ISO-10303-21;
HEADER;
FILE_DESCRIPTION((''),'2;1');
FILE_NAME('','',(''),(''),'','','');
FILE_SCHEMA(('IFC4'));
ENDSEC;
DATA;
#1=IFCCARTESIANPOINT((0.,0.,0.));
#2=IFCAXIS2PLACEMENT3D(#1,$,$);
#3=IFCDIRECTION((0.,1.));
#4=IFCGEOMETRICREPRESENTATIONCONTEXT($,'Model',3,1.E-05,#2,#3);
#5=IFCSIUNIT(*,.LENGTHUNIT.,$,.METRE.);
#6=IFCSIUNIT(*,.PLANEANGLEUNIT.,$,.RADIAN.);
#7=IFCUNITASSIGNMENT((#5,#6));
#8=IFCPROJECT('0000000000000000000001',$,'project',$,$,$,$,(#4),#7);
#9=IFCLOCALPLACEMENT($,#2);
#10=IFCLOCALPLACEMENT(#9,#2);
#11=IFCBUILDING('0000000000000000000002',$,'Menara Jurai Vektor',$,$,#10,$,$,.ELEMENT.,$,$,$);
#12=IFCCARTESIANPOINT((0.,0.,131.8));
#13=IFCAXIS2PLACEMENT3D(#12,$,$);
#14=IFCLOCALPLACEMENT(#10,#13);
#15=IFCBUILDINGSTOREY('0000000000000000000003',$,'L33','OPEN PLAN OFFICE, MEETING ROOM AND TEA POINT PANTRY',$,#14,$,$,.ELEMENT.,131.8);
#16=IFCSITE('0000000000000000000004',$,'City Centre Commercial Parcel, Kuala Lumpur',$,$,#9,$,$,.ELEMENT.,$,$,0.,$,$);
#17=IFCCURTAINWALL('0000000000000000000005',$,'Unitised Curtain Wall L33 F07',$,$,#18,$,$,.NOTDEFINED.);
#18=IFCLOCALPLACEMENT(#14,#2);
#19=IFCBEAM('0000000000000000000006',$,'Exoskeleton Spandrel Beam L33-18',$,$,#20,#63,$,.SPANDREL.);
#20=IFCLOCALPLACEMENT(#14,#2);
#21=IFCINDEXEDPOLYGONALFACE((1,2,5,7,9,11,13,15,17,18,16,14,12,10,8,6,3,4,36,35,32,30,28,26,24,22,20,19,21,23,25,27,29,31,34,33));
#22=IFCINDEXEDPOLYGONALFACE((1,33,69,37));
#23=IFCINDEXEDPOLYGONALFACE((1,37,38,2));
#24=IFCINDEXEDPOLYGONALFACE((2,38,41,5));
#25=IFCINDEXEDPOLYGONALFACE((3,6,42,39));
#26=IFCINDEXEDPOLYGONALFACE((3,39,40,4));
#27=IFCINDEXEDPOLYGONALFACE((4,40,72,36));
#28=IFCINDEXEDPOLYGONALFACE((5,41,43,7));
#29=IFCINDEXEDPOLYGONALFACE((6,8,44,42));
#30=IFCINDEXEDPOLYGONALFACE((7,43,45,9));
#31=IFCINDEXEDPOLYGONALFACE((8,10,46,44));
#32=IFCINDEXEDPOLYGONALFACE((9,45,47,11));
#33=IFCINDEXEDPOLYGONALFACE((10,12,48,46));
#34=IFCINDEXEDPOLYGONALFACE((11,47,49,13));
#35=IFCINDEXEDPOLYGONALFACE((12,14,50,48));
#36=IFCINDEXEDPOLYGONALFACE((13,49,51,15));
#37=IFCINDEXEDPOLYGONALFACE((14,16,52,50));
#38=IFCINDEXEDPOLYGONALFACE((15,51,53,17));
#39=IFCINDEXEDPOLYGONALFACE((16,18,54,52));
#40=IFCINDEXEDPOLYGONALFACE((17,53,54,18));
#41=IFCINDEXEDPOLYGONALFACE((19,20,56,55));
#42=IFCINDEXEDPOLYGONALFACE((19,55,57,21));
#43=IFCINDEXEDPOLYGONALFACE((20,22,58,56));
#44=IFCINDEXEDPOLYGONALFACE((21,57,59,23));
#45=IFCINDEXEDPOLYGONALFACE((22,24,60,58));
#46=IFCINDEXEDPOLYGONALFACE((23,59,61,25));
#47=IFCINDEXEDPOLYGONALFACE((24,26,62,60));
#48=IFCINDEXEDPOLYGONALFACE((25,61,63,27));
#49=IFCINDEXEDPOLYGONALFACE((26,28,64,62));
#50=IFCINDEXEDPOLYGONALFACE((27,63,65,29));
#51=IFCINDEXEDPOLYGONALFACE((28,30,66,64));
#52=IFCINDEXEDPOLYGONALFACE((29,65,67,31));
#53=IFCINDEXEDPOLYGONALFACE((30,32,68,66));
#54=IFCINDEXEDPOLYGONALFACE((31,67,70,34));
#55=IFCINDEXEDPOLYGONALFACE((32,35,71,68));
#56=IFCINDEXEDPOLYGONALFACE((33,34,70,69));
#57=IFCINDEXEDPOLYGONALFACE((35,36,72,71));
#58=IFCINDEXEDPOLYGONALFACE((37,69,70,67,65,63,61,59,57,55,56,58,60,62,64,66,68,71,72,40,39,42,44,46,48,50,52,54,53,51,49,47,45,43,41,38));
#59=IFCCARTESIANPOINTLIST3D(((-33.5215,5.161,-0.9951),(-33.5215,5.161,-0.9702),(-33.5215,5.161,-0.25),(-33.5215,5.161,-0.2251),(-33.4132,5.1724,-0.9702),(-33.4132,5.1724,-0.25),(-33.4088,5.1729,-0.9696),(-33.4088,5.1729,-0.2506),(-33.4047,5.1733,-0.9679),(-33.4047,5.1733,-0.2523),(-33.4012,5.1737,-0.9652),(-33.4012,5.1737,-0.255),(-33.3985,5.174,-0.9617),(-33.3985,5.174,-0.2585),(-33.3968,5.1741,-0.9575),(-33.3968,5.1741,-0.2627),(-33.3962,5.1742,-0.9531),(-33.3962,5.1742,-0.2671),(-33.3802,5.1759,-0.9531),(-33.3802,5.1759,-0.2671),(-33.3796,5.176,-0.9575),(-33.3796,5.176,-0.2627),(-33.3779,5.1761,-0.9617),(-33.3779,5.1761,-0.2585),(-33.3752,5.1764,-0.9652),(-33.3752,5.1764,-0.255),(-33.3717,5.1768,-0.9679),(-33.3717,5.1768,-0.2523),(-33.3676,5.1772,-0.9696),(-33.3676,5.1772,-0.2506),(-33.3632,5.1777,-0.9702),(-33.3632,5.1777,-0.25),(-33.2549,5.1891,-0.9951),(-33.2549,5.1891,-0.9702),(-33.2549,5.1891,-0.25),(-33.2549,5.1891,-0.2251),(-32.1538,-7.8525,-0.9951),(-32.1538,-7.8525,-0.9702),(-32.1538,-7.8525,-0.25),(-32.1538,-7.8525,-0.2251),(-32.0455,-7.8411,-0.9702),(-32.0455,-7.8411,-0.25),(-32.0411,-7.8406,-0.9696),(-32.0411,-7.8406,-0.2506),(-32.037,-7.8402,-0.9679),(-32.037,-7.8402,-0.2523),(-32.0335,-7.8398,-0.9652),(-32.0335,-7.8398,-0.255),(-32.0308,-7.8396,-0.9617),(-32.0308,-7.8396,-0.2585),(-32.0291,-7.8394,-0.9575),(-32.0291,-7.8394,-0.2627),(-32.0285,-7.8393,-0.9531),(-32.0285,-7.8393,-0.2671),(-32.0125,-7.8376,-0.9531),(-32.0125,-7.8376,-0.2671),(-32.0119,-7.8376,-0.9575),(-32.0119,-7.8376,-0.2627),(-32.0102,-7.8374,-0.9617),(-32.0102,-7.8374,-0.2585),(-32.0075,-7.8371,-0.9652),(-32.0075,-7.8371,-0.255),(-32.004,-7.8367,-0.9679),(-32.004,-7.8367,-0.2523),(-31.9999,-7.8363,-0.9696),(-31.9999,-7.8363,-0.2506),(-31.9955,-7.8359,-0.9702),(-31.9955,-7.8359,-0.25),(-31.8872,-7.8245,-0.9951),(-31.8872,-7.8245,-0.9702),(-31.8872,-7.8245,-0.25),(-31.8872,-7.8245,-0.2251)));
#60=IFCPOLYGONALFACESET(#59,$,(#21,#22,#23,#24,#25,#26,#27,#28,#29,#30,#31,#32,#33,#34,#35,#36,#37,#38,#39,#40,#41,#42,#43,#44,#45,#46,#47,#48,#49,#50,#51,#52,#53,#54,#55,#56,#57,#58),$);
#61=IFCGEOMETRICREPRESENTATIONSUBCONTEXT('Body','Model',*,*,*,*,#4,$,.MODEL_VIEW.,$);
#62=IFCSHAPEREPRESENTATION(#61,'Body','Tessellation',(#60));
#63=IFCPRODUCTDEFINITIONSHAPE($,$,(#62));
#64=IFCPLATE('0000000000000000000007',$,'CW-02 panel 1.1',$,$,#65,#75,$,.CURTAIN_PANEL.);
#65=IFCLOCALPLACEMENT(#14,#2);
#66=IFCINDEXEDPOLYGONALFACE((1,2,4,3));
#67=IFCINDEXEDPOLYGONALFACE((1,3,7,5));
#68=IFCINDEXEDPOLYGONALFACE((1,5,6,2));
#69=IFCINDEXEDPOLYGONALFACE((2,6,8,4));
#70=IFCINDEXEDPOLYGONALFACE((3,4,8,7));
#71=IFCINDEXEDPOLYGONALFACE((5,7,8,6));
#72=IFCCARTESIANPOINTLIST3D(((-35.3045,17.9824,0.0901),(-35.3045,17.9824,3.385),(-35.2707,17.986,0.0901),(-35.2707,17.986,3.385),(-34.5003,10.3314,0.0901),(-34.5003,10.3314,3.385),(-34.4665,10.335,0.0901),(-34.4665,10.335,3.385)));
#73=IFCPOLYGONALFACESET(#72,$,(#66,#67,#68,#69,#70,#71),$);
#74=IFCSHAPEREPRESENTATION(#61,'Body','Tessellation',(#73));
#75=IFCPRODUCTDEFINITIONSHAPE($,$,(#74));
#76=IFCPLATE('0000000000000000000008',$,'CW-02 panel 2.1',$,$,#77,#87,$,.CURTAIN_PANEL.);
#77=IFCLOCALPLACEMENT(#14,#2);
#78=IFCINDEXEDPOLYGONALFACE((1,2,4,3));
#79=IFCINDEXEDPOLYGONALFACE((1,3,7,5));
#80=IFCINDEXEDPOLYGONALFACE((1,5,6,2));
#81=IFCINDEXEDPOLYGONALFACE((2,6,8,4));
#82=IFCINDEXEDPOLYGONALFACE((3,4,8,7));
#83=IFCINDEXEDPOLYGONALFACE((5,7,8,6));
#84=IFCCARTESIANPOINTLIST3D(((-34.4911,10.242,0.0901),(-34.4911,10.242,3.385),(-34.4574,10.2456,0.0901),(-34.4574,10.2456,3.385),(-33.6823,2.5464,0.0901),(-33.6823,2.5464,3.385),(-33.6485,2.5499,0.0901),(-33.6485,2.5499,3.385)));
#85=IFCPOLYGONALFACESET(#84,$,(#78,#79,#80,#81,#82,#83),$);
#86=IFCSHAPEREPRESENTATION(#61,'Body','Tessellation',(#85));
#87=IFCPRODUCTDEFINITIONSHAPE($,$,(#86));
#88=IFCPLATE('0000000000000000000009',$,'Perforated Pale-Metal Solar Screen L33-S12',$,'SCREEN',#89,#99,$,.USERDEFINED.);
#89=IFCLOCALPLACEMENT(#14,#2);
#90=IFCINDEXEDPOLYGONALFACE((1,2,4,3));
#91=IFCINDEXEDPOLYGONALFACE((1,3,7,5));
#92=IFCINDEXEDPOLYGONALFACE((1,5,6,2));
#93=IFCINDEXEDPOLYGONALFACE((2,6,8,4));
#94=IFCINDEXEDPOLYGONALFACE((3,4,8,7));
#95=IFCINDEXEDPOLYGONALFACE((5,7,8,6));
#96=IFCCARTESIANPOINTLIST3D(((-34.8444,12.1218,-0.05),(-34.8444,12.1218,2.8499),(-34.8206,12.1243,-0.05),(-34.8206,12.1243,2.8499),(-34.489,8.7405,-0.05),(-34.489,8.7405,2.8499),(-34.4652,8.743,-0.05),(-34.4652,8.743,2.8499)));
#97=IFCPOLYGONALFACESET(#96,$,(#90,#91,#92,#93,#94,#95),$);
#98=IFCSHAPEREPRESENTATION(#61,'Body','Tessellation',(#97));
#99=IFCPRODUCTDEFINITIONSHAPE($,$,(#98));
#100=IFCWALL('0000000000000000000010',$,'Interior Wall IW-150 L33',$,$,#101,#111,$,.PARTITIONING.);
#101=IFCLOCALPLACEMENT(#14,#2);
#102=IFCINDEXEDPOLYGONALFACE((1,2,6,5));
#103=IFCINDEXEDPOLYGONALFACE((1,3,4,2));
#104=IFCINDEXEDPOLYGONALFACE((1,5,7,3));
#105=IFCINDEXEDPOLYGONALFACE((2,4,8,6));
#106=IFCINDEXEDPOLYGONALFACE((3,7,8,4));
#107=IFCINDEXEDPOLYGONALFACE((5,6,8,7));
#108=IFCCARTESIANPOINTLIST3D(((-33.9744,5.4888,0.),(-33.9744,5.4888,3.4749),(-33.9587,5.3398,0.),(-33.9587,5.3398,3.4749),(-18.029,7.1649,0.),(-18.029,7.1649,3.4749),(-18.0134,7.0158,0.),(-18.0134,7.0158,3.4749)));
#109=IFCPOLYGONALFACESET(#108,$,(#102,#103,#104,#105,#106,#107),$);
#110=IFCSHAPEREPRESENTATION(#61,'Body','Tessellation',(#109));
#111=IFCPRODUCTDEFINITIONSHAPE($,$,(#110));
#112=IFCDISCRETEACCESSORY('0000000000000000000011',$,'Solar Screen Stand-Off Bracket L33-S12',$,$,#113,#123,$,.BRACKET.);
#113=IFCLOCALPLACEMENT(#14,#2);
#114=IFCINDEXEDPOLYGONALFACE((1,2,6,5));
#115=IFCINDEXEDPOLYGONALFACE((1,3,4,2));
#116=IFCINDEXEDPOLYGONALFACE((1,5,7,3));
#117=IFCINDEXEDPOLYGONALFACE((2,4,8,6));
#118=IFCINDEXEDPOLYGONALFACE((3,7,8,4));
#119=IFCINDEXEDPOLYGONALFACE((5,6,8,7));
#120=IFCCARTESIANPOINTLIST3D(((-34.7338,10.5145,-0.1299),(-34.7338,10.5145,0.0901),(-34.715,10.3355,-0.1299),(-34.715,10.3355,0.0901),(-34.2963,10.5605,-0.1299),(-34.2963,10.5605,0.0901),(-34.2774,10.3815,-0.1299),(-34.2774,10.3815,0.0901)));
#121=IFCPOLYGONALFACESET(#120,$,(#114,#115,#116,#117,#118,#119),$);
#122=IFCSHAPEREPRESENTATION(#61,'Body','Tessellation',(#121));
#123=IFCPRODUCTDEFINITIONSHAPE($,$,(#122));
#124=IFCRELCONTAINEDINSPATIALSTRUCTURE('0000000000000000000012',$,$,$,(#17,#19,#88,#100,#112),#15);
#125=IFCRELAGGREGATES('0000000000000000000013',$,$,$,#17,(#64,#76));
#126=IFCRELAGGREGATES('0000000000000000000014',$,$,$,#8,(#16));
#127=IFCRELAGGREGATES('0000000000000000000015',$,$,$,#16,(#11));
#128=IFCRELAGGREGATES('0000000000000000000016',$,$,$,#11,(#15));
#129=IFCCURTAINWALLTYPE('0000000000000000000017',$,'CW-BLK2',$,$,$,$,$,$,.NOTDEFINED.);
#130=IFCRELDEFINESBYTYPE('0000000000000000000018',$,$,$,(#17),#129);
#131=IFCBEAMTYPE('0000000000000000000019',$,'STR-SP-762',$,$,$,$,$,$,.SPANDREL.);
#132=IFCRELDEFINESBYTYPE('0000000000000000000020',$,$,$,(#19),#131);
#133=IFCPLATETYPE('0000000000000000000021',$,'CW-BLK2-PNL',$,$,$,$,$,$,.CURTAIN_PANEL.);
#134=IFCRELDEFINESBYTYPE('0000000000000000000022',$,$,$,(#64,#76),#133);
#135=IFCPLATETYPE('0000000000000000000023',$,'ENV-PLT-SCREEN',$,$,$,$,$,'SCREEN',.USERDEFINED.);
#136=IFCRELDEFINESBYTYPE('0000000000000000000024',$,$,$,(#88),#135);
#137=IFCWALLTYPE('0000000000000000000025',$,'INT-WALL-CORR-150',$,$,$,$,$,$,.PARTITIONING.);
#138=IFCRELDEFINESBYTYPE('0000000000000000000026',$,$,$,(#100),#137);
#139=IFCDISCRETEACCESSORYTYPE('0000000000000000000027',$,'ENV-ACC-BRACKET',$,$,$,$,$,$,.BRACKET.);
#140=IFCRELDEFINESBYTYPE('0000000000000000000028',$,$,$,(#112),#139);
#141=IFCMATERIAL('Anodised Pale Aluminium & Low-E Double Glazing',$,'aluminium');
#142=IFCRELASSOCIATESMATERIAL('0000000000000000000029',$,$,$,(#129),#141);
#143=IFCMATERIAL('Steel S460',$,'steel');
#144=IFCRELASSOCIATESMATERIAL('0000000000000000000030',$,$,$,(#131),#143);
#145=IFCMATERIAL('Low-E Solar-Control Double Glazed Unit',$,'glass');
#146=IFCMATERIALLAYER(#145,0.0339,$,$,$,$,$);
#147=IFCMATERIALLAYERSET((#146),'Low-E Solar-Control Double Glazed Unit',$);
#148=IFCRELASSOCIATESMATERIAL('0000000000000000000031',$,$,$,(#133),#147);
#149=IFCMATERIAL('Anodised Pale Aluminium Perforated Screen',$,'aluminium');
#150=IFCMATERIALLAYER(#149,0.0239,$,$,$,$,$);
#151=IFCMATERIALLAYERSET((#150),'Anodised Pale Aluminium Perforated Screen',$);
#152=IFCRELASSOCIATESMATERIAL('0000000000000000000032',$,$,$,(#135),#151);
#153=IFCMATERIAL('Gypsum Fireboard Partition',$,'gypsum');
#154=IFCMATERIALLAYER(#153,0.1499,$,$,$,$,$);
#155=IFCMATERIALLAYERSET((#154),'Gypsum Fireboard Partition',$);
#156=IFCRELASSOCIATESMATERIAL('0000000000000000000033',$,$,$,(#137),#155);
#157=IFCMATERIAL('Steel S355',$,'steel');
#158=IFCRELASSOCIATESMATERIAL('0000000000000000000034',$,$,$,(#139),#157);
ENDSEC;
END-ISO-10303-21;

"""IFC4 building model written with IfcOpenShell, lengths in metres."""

from ifc_helpers import new_model, si_unit, direction, frame, frame_2d, origin, origin_2d, place, context, subcontext, project, spatial, rectangle, i_section, extrude, material, layer, layer_set, material_profile, profile_set, type_object, element, aggregate, save


model = new_model("IFC4")

# Units and contexts
model_context = context("Model", 3, precision=1e-05, world=origin(), true_north=direction((0.0, 1.0)))
body_context = subcontext(model_context, "Body", "Model", "MODEL_VIEW")
ifc_project = project(units=[si_unit("LENGTHUNIT", "METRE"), si_unit("PLANEANGLEUNIT", "RADIAN")], contexts=[model_context])

# Site, building, storey
site_placement = place(None, origin())
site = spatial("IfcSite", under=ifc_project, at=site_placement, Name="City Centre Commercial Parcel, Kuala Lumpur", CompositionType="ELEMENT", RefElevation=0.0)
building_placement = place(site_placement, origin())
building = spatial("IfcBuilding", under=site, at=building_placement, Name="Menara Jurai Vektor", CompositionType="ELEMENT")
storey_placement = place(building_placement, frame((0.0, 0.0, 131.8)))
storey = spatial("IfcBuildingStorey", under=building, at=storey_placement, Name="L33", Description="OPEN PLAN OFFICE, MEETING ROOM AND TEA POINT PANTRY", CompositionType="ELEMENT", Elevation=131.8)

# Shared definitions
ifc_material_1 = material(Name="Steel S460", Category="steel")

# Curtain wall
ifc_material_2 = material(Name="Anodised Pale Aluminium & Low-E Double Glazing", Category="aluminium")
curtain_wall_type = type_object("IfcCurtainWallType", Name="CW-BLK2", PredefinedType="NOTDEFINED", material=ifc_material_2)
curtain_wall_placement = place(storey_placement, origin())
curtain_wall = element("IfcCurtainWall", 1, at=curtain_wall_placement, inside=storey, type_object=curtain_wall_type, Name="Unitised Curtain Wall L33 F07", PredefinedType="NOTDEFINED")

# Beam
ifc_material_3 = material(Name="Steel S355", Category="steel")
ifc_material_profile_1 = material_profile(ifc_material_1, i_section(OverallWidth=0.2681, OverallDepth=0.77, WebThickness=0.0161, FlangeThickness=0.0249, FilletRadius=0.0171, at=origin_2d()), Name="UKB 762x267x197")
ifc_profile_set_1 = profile_set([ifc_material_profile_1], Name="Steel S460")
beam_type_1 = type_object("IfcBeamType", Name="STR-SP-762", PredefinedType="SPANDREL", material=ifc_profile_set_1)
beam_1_placement = place(storey_placement, frame((-33.3882, 5.175, -0.6101), z_axis=(0.104522, -0.994523, 0.0), x_axis=(0.994523, 0.104522, 0.0)))
element("IfcBeam", 2, at=beam_1_placement, inside=storey, type_object=beam_type_1, Name="Exoskeleton Spandrel Beam L33-18", PredefinedType="SPANDREL", context=body_context, shape_type="SweptSolid", body=[
    extrude(i_section(OverallWidth=0.2681, OverallDepth=0.77, WebThickness=0.0161, FlangeThickness=0.0249, FilletRadius=0.0171, at=origin_2d()), origin(), (0.0, 0.0, 1.0), 13.0852),
])

# Plates
ifc_material_4 = material(Name="Low-E Solar-Control Double Glazed Unit", Category="glass")
ifc_layer_1 = layer(ifc_material_4, 0.0339)
ifc_layer_set_1 = layer_set([ifc_layer_1], Name="Low-E Solar-Control Double Glazed Unit")
plate_type_1 = type_object("IfcPlateType", Name="CW-BLK2-PNL", PredefinedType="CURTAIN_PANEL", material=ifc_layer_set_1)
plate_1_placement = place(storey_placement, frame((-34.8855, 14.1587, 0.0901), z_axis=(0.0, 0.0, 1.0), x_axis=(0.10453, -0.994522, 0.0)))
plate_1 = element("IfcPlate", 3, at=plate_1_placement, type_object=plate_type_1, Name="CW-02 panel 1.1", PredefinedType="CURTAIN_PANEL", context=body_context, shape_type="SweptSolid", body=[
    extrude(rectangle(XDim=7.6931, YDim=0.0339, at=origin_2d()), origin(), (0.0, 0.0, 1.0), 3.2949),
])
plate_2_placement = place(storey_placement, frame((-34.0698, 6.396, 0.0901), z_axis=(0.0, 0.0, 1.0), x_axis=(0.10453, -0.994522, 0.0)))
plate_2 = element("IfcPlate", 4, at=plate_2_placement, type_object=plate_type_1, Name="CW-02 panel 2.1", PredefinedType="CURTAIN_PANEL", context=body_context, shape_type="SweptSolid", body=[
    extrude(rectangle(XDim=7.738, YDim=0.0339, at=origin_2d()), origin(), (0.0, 0.0, 1.0), 3.2949),
])
aggregate(curtain_wall, [plate_1, plate_2])
ifc_material_5 = material(Name="Anodised Pale Aluminium Perforated Screen", Category="aluminium")
ifc_layer_2 = layer(ifc_material_5, 0.0239)
ifc_layer_set_2 = layer_set([ifc_layer_2], Name="Anodised Pale Aluminium Perforated Screen")
plate_type_2 = type_object("IfcPlateType", Name="ENV-PLT-SCREEN", ElementType="SCREEN", PredefinedType="USERDEFINED", material=ifc_layer_set_2)
plate_3_placement = place(storey_placement, frame((-34.6548, 10.4324, -0.05), z_axis=(0.0, 0.0, 1.0), x_axis=(0.104528, -0.994522, 0.0)))
element("IfcPlate", 5, at=plate_3_placement, inside=storey, type_object=plate_type_2, Name="Perforated Pale-Metal Solar Screen L33-S12", ObjectType="SCREEN", PredefinedType="USERDEFINED", context=body_context, shape_type="SweptSolid", body=[
    extrude(rectangle(XDim=3.3999, YDim=0.0239, at=origin_2d()), origin(), (0.0, 0.0, 1.0), 2.8999),
])

# Wall
ifc_material_6 = material(Name="Gypsum Fireboard Partition", Category="gypsum")
ifc_layer_3 = layer(ifc_material_6, 0.1499)
ifc_layer_set_3 = layer_set([ifc_layer_3], Name="Gypsum Fireboard Partition")
wall_type = type_object("IfcWallType", Name="INT-WALL-CORR-150", PredefinedType="PARTITIONING", material=ifc_layer_set_3)
wall_placement = place(storey_placement, frame((-33.9666, 5.4143, 0.0), z_axis=(0.0, 0.0, 1.0), x_axis=(0.994521, 0.104535, 0.0)))
element("IfcWall", 6, at=wall_placement, inside=storey, type_object=wall_type, Name="Interior Wall IW-150 L33", PredefinedType="PARTITIONING", context=body_context, shape_type="SweptSolid", body=[
    extrude(rectangle(XDim=16.0332, YDim=0.1499, at=frame_2d((8.0166, 0.0))), origin(), (0.0, 0.0, 1.0), 3.4749),
])

# Discrete accessory
discrete_accessory_type = type_object("IfcDiscreteAccessoryType", Name="ENV-ACC-BRACKET", PredefinedType="BRACKET", material=ifc_material_3)
discrete_accessory_placement = place(storey_placement, frame((-34.5056, 10.448, -0.1299), z_axis=(0.0, 0.0, 1.0), x_axis=(0.104528, -0.994522, 0.0)))
element("IfcDiscreteAccessory", 7, at=discrete_accessory_placement, inside=storey, type_object=discrete_accessory_type, Name="Solar Screen Stand-Off Bracket L33-S12", PredefinedType="BRACKET", context=body_context, shape_type="SweptSolid", body=[
    extrude(rectangle(XDim=0.1799, YDim=0.4399, at=origin_2d()), origin(), (0.0, 0.0, 1.0), 0.22),
])

save(model, "model.ifc")
